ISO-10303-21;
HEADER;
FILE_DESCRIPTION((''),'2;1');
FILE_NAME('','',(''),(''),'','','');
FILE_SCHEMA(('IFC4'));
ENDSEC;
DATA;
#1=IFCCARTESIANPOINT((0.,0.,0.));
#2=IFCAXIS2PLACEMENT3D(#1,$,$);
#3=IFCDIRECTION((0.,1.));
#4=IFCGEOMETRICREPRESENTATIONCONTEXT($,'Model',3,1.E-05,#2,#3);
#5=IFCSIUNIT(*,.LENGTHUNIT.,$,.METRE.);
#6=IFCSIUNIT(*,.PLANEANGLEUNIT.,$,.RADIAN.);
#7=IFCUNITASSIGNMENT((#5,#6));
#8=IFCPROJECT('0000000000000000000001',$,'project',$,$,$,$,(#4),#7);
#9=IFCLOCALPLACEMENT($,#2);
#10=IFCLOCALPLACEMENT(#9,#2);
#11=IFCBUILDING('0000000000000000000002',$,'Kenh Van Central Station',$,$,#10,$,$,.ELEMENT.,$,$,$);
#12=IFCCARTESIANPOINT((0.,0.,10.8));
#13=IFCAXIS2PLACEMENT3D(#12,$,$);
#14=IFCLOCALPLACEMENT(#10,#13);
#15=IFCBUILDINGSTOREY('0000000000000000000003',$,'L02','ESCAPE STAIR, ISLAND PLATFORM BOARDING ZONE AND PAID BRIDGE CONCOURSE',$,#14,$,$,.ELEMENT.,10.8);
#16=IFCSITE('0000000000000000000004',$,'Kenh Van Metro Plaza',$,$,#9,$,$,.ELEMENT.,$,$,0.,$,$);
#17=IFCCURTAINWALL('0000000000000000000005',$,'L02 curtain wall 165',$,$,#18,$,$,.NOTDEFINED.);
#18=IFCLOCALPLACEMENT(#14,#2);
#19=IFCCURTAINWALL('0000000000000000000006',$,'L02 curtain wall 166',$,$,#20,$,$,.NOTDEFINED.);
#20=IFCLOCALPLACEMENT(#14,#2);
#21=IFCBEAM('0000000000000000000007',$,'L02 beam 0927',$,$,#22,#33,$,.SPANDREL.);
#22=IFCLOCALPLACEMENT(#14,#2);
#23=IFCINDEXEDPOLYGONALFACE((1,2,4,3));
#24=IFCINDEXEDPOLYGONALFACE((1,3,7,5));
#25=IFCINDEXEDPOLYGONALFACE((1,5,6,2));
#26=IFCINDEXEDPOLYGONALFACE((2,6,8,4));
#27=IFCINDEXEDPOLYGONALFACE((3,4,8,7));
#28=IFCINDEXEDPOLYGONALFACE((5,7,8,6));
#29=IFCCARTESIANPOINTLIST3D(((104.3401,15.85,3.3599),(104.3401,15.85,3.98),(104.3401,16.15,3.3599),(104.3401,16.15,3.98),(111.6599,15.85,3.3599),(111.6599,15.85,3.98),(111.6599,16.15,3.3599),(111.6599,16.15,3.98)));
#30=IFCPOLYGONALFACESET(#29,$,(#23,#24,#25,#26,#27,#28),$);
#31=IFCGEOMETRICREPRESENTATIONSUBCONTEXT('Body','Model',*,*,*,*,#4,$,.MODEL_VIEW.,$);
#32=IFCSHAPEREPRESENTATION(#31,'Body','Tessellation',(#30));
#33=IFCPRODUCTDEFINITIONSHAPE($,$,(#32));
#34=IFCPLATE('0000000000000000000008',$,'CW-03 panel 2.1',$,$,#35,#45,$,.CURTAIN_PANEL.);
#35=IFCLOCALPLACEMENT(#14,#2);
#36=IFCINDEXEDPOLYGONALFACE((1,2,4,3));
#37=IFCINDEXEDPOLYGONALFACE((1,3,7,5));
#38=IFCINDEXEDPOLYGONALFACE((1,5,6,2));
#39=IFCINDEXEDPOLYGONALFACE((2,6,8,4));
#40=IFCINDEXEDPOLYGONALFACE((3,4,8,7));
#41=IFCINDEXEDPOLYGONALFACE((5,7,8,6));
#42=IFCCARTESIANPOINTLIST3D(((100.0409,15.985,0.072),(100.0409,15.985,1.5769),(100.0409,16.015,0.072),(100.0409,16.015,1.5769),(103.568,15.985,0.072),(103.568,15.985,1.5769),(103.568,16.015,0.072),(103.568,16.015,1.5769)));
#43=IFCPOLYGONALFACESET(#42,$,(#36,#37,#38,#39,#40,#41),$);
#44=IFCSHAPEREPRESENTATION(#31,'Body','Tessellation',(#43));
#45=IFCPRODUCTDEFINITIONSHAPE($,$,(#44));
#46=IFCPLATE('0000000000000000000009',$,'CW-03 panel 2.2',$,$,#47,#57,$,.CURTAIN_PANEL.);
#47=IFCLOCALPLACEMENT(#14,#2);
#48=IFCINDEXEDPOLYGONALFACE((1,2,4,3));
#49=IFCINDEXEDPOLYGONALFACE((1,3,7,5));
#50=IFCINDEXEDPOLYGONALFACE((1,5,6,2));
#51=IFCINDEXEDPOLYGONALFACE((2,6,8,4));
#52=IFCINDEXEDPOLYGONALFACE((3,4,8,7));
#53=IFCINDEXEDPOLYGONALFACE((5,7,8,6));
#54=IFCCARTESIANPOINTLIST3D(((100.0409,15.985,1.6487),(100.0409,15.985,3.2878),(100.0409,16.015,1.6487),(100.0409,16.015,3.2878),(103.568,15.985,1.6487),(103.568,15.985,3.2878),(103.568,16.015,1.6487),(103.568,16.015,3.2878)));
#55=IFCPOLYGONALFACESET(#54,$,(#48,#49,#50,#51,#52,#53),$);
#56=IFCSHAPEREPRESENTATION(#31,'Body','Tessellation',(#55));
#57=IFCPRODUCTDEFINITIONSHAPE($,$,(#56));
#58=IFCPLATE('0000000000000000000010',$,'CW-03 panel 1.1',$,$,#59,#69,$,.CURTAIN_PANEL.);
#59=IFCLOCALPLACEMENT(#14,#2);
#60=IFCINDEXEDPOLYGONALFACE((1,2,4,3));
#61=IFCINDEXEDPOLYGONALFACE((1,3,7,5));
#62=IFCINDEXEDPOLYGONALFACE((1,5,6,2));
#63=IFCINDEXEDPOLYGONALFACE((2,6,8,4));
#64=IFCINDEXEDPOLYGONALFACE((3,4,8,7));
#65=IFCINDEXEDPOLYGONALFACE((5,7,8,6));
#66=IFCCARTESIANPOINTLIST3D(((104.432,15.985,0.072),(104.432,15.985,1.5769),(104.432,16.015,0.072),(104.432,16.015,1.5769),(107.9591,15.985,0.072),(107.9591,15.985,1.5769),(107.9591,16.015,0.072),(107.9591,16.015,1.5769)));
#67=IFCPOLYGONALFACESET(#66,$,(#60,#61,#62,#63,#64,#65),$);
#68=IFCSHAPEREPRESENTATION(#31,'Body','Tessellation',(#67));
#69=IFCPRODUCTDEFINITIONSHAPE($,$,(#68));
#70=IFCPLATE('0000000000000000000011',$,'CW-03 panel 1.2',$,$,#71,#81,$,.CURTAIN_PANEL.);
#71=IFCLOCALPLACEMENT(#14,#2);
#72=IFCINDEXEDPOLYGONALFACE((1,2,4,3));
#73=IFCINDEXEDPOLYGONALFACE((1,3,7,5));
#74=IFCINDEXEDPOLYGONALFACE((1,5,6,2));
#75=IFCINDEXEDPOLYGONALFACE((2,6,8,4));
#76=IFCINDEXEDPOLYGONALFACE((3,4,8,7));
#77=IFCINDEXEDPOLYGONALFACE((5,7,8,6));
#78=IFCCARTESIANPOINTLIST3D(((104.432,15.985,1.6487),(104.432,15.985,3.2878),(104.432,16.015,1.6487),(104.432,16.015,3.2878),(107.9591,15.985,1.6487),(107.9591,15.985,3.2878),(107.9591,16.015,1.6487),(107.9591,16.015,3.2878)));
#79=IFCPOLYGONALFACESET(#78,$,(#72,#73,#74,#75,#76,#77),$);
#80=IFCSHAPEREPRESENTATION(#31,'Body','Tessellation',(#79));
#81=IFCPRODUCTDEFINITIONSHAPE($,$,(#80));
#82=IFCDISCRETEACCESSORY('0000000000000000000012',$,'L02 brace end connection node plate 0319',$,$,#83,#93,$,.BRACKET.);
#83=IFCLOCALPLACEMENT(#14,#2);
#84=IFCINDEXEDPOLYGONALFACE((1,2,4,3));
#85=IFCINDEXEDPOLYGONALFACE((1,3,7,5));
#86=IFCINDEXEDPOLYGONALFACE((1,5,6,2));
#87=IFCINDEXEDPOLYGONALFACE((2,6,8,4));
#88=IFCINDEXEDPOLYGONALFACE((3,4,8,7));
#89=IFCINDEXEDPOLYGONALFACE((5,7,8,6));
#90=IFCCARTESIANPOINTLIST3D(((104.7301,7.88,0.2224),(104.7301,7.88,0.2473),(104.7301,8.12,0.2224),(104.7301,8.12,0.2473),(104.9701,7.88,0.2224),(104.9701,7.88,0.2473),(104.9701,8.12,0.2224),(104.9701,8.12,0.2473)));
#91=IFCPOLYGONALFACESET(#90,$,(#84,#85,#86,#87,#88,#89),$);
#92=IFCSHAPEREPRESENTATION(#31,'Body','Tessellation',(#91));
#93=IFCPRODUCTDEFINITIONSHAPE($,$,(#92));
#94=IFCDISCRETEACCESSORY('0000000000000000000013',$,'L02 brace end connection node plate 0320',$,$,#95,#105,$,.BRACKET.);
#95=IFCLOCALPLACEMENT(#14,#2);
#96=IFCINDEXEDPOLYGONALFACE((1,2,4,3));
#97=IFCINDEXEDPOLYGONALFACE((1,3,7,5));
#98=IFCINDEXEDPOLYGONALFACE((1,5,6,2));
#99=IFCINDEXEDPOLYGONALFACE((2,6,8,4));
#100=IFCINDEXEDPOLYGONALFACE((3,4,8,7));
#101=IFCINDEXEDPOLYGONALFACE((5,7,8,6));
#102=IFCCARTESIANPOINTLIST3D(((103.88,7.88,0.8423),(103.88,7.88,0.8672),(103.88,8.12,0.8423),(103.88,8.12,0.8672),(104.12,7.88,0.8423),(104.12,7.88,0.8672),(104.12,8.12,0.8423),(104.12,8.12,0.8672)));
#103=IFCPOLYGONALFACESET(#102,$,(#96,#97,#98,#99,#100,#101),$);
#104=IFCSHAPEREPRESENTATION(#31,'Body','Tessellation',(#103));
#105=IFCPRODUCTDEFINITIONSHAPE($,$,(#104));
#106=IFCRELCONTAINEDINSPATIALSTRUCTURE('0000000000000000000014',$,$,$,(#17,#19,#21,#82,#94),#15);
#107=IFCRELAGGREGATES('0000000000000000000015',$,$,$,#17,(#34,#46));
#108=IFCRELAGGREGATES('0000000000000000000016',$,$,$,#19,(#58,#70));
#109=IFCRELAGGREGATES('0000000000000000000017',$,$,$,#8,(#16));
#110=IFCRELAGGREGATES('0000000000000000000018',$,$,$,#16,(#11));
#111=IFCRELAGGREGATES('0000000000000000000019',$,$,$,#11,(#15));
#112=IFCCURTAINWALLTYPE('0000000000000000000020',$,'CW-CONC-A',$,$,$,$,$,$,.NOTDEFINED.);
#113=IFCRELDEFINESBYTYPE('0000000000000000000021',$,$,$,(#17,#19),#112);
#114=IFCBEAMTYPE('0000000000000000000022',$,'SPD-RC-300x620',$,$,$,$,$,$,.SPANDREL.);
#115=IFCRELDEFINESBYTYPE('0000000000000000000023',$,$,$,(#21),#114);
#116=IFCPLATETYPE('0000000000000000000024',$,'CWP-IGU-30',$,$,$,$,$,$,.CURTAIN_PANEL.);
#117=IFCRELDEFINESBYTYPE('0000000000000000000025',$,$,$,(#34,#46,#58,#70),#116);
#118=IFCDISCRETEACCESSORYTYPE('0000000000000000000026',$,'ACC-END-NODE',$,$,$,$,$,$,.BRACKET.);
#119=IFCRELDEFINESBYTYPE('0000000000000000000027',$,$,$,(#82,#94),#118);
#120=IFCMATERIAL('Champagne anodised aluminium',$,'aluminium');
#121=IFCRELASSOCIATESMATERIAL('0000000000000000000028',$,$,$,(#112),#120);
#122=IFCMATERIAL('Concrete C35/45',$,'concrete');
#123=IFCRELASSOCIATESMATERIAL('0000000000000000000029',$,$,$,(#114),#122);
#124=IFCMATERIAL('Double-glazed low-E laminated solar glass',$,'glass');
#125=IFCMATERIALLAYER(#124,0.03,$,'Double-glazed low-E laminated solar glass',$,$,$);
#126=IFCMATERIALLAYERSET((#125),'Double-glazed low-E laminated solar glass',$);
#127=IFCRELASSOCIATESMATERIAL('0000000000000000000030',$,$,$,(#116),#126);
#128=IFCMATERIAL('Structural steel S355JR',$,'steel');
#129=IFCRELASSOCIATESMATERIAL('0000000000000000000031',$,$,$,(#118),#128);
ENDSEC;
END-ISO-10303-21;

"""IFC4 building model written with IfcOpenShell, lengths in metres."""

from ifc_helpers import new_model, si_unit, direction, frame, origin, origin_2d, place, context, subcontext, project, spatial, rectangle, extrude, material, layer, layer_set, material_profile, profile_set, type_object, element, aggregate, save


model = new_model("IFC4")

# Units and contexts
model_context = context("Model", 3, precision=1e-05, world=origin(), true_north=direction((0.0, 1.0)))
body_context = subcontext(model_context, "Body", "Model", "MODEL_VIEW")
ifc_project = project(units=[si_unit("LENGTHUNIT", "METRE"), si_unit("PLANEANGLEUNIT", "RADIAN")], contexts=[model_context])

# Site, building, storey
site_placement = place(None, origin())
site = spatial("IfcSite", under=ifc_project, at=site_placement, Name="Kenh Van Metro Plaza", CompositionType="ELEMENT", RefElevation=0.0)
building_placement = place(site_placement, origin())
building = spatial("IfcBuilding", under=site, at=building_placement, Name="Kenh Van Central Station", CompositionType="ELEMENT")
storey_placement = place(building_placement, frame((0.0, 0.0, 10.8)))
storey = spatial("IfcBuildingStorey", under=building, at=storey_placement, Name="L02", Description="ESCAPE STAIR, ISLAND PLATFORM BOARDING ZONE AND PAID BRIDGE CONCOURSE", CompositionType="ELEMENT", Elevation=10.8)

# Curtain walls
ifc_material_1 = material(Name="Champagne anodised aluminium", Category="aluminium")
curtain_wall_type = type_object("IfcCurtainWallType", Name="CW-CONC-A", PredefinedType="NOTDEFINED", material=ifc_material_1)
curtain_wall_1_placement = place(storey_placement, origin())
curtain_wall_1 = element("IfcCurtainWall", 1, at=curtain_wall_1_placement, inside=storey, type_object=curtain_wall_type, Name="L02 curtain wall 165", PredefinedType="NOTDEFINED")
curtain_wall_2_placement = place(storey_placement, origin())
curtain_wall_2 = element("IfcCurtainWall", 2, at=curtain_wall_2_placement, inside=storey, type_object=curtain_wall_type, Name="L02 curtain wall 166", PredefinedType="NOTDEFINED")

# Beam
ifc_material_2 = material(Name="Concrete C35/45", Category="concrete")
ifc_material_profile_1 = material_profile(ifc_material_2, rectangle(XDim=0.3, YDim=0.6201, at=origin_2d()), Name="RC 300x620")
ifc_profile_set_1 = profile_set([ifc_material_profile_1], Name="Concrete C35/45")
beam_type_1 = type_object("IfcBeamType", Name="SPD-RC-300x620", PredefinedType="SPANDREL", material=ifc_profile_set_1)
beam_placement = place(storey_placement, frame((104.3401, 16.0, 3.6699), z_axis=(1.0, 0.0, 0.0), x_axis=(0.0, 1.0, 0.0)))
element("IfcBeam", 3, at=beam_placement, inside=storey, type_object=beam_type_1, Name="L02 beam 0927", PredefinedType="SPANDREL", context=body_context, shape_type="SweptSolid", body=[
    extrude(rectangle(XDim=0.3, YDim=0.6201, at=origin_2d()), origin(), (0.0, 0.0, 1.0), 7.3198),
])

# Plates
ifc_material_3 = material(Name="Double-glazed low-E laminated solar glass", Category="glass")
ifc_layer = layer(ifc_material_3, 0.03, Name="Double-glazed low-E laminated solar glass")
ifc_layer_set = layer_set([ifc_layer], Name="Double-glazed low-E laminated solar glass")
plate_type = type_object("IfcPlateType", Name="CWP-IGU-30", PredefinedType="CURTAIN_PANEL", material=ifc_layer_set)
plate_1_placement = place(storey_placement, frame((101.8044, 16.0, 0.072), z_axis=(0.0, 0.0, 1.0), x_axis=(1.0, 0.0, 0.0)))
plate_1 = element("IfcPlate", 4, at=plate_1_placement, type_object=plate_type, Name="CW-03 panel 2.1", PredefinedType="CURTAIN_PANEL", context=body_context, shape_type="SweptSolid", body=[
    extrude(rectangle(XDim=3.5271, YDim=0.03, at=origin_2d()), origin(), (0.0, 0.0, 1.0), 1.5049),
])
plate_2_placement = place(storey_placement, frame((101.8044, 16.0, 1.6487), z_axis=(0.0, 0.0, 1.0), x_axis=(1.0, 0.0, 0.0)))
plate_2 = element("IfcPlate", 5, at=plate_2_placement, type_object=plate_type, Name="CW-03 panel 2.2", PredefinedType="CURTAIN_PANEL", context=body_context, shape_type="SweptSolid", body=[
    extrude(rectangle(XDim=3.5271, YDim=0.03, at=origin_2d()), origin(), (0.0, 0.0, 1.0), 1.6392),
])
aggregate(curtain_wall_1, [plate_1, plate_2])
plate_3_placement = place(storey_placement, frame((106.1956, 16.0, 0.072), z_axis=(0.0, 0.0, 1.0), x_axis=(1.0, 0.0, 0.0)))
plate_3 = element("IfcPlate", 6, at=plate_3_placement, type_object=plate_type, Name="CW-03 panel 1.1", PredefinedType="CURTAIN_PANEL", context=body_context, shape_type="SweptSolid", body=[
    extrude(rectangle(XDim=3.5271, YDim=0.03, at=origin_2d()), origin(), (0.0, 0.0, 1.0), 1.5049),
])
plate_4_placement = place(storey_placement, frame((106.1956, 16.0, 1.6487), z_axis=(0.0, 0.0, 1.0), x_axis=(1.0, 0.0, 0.0)))
plate_4 = element("IfcPlate", 7, at=plate_4_placement, type_object=plate_type, Name="CW-03 panel 1.2", PredefinedType="CURTAIN_PANEL", context=body_context, shape_type="SweptSolid", body=[
    extrude(rectangle(XDim=3.5271, YDim=0.03, at=origin_2d()), origin(), (0.0, 0.0, 1.0), 1.6392),
])
aggregate(curtain_wall_2, [plate_3, plate_4])

# Discrete accessories
ifc_material_4 = material(Name="Structural steel S355JR", Category="steel")
discrete_accessory_type = type_object("IfcDiscreteAccessoryType", Name="ACC-END-NODE", PredefinedType="BRACKET", material=ifc_material_4)
for number, where, z_axis, x_axis, name in (
    (8, (104.8501, 8.0, 0.2224), (0.0, 0.0, 1.0), (1.0, 0.0, 0.0), "L02 brace end connection node plate 0319"),
    (9, (104.0, 8.0, 0.8423), (0.0, 0.0, 1.0), (1.0, 0.0, 0.0), "L02 brace end connection node plate 0320"),
):
    element("IfcDiscreteAccessory", number, at=place(storey_placement, frame(where, z_axis=z_axis, x_axis=x_axis)), inside=storey, type_object=discrete_accessory_type, Name=name, PredefinedType="BRACKET", context=body_context, shape_type="SweptSolid", body=[
        extrude(rectangle(XDim=0.24, YDim=0.24, at=origin_2d()), origin(), (0.0, 0.0, 1.0), 0.0249),
    ])

save(model, "model.ifc")
